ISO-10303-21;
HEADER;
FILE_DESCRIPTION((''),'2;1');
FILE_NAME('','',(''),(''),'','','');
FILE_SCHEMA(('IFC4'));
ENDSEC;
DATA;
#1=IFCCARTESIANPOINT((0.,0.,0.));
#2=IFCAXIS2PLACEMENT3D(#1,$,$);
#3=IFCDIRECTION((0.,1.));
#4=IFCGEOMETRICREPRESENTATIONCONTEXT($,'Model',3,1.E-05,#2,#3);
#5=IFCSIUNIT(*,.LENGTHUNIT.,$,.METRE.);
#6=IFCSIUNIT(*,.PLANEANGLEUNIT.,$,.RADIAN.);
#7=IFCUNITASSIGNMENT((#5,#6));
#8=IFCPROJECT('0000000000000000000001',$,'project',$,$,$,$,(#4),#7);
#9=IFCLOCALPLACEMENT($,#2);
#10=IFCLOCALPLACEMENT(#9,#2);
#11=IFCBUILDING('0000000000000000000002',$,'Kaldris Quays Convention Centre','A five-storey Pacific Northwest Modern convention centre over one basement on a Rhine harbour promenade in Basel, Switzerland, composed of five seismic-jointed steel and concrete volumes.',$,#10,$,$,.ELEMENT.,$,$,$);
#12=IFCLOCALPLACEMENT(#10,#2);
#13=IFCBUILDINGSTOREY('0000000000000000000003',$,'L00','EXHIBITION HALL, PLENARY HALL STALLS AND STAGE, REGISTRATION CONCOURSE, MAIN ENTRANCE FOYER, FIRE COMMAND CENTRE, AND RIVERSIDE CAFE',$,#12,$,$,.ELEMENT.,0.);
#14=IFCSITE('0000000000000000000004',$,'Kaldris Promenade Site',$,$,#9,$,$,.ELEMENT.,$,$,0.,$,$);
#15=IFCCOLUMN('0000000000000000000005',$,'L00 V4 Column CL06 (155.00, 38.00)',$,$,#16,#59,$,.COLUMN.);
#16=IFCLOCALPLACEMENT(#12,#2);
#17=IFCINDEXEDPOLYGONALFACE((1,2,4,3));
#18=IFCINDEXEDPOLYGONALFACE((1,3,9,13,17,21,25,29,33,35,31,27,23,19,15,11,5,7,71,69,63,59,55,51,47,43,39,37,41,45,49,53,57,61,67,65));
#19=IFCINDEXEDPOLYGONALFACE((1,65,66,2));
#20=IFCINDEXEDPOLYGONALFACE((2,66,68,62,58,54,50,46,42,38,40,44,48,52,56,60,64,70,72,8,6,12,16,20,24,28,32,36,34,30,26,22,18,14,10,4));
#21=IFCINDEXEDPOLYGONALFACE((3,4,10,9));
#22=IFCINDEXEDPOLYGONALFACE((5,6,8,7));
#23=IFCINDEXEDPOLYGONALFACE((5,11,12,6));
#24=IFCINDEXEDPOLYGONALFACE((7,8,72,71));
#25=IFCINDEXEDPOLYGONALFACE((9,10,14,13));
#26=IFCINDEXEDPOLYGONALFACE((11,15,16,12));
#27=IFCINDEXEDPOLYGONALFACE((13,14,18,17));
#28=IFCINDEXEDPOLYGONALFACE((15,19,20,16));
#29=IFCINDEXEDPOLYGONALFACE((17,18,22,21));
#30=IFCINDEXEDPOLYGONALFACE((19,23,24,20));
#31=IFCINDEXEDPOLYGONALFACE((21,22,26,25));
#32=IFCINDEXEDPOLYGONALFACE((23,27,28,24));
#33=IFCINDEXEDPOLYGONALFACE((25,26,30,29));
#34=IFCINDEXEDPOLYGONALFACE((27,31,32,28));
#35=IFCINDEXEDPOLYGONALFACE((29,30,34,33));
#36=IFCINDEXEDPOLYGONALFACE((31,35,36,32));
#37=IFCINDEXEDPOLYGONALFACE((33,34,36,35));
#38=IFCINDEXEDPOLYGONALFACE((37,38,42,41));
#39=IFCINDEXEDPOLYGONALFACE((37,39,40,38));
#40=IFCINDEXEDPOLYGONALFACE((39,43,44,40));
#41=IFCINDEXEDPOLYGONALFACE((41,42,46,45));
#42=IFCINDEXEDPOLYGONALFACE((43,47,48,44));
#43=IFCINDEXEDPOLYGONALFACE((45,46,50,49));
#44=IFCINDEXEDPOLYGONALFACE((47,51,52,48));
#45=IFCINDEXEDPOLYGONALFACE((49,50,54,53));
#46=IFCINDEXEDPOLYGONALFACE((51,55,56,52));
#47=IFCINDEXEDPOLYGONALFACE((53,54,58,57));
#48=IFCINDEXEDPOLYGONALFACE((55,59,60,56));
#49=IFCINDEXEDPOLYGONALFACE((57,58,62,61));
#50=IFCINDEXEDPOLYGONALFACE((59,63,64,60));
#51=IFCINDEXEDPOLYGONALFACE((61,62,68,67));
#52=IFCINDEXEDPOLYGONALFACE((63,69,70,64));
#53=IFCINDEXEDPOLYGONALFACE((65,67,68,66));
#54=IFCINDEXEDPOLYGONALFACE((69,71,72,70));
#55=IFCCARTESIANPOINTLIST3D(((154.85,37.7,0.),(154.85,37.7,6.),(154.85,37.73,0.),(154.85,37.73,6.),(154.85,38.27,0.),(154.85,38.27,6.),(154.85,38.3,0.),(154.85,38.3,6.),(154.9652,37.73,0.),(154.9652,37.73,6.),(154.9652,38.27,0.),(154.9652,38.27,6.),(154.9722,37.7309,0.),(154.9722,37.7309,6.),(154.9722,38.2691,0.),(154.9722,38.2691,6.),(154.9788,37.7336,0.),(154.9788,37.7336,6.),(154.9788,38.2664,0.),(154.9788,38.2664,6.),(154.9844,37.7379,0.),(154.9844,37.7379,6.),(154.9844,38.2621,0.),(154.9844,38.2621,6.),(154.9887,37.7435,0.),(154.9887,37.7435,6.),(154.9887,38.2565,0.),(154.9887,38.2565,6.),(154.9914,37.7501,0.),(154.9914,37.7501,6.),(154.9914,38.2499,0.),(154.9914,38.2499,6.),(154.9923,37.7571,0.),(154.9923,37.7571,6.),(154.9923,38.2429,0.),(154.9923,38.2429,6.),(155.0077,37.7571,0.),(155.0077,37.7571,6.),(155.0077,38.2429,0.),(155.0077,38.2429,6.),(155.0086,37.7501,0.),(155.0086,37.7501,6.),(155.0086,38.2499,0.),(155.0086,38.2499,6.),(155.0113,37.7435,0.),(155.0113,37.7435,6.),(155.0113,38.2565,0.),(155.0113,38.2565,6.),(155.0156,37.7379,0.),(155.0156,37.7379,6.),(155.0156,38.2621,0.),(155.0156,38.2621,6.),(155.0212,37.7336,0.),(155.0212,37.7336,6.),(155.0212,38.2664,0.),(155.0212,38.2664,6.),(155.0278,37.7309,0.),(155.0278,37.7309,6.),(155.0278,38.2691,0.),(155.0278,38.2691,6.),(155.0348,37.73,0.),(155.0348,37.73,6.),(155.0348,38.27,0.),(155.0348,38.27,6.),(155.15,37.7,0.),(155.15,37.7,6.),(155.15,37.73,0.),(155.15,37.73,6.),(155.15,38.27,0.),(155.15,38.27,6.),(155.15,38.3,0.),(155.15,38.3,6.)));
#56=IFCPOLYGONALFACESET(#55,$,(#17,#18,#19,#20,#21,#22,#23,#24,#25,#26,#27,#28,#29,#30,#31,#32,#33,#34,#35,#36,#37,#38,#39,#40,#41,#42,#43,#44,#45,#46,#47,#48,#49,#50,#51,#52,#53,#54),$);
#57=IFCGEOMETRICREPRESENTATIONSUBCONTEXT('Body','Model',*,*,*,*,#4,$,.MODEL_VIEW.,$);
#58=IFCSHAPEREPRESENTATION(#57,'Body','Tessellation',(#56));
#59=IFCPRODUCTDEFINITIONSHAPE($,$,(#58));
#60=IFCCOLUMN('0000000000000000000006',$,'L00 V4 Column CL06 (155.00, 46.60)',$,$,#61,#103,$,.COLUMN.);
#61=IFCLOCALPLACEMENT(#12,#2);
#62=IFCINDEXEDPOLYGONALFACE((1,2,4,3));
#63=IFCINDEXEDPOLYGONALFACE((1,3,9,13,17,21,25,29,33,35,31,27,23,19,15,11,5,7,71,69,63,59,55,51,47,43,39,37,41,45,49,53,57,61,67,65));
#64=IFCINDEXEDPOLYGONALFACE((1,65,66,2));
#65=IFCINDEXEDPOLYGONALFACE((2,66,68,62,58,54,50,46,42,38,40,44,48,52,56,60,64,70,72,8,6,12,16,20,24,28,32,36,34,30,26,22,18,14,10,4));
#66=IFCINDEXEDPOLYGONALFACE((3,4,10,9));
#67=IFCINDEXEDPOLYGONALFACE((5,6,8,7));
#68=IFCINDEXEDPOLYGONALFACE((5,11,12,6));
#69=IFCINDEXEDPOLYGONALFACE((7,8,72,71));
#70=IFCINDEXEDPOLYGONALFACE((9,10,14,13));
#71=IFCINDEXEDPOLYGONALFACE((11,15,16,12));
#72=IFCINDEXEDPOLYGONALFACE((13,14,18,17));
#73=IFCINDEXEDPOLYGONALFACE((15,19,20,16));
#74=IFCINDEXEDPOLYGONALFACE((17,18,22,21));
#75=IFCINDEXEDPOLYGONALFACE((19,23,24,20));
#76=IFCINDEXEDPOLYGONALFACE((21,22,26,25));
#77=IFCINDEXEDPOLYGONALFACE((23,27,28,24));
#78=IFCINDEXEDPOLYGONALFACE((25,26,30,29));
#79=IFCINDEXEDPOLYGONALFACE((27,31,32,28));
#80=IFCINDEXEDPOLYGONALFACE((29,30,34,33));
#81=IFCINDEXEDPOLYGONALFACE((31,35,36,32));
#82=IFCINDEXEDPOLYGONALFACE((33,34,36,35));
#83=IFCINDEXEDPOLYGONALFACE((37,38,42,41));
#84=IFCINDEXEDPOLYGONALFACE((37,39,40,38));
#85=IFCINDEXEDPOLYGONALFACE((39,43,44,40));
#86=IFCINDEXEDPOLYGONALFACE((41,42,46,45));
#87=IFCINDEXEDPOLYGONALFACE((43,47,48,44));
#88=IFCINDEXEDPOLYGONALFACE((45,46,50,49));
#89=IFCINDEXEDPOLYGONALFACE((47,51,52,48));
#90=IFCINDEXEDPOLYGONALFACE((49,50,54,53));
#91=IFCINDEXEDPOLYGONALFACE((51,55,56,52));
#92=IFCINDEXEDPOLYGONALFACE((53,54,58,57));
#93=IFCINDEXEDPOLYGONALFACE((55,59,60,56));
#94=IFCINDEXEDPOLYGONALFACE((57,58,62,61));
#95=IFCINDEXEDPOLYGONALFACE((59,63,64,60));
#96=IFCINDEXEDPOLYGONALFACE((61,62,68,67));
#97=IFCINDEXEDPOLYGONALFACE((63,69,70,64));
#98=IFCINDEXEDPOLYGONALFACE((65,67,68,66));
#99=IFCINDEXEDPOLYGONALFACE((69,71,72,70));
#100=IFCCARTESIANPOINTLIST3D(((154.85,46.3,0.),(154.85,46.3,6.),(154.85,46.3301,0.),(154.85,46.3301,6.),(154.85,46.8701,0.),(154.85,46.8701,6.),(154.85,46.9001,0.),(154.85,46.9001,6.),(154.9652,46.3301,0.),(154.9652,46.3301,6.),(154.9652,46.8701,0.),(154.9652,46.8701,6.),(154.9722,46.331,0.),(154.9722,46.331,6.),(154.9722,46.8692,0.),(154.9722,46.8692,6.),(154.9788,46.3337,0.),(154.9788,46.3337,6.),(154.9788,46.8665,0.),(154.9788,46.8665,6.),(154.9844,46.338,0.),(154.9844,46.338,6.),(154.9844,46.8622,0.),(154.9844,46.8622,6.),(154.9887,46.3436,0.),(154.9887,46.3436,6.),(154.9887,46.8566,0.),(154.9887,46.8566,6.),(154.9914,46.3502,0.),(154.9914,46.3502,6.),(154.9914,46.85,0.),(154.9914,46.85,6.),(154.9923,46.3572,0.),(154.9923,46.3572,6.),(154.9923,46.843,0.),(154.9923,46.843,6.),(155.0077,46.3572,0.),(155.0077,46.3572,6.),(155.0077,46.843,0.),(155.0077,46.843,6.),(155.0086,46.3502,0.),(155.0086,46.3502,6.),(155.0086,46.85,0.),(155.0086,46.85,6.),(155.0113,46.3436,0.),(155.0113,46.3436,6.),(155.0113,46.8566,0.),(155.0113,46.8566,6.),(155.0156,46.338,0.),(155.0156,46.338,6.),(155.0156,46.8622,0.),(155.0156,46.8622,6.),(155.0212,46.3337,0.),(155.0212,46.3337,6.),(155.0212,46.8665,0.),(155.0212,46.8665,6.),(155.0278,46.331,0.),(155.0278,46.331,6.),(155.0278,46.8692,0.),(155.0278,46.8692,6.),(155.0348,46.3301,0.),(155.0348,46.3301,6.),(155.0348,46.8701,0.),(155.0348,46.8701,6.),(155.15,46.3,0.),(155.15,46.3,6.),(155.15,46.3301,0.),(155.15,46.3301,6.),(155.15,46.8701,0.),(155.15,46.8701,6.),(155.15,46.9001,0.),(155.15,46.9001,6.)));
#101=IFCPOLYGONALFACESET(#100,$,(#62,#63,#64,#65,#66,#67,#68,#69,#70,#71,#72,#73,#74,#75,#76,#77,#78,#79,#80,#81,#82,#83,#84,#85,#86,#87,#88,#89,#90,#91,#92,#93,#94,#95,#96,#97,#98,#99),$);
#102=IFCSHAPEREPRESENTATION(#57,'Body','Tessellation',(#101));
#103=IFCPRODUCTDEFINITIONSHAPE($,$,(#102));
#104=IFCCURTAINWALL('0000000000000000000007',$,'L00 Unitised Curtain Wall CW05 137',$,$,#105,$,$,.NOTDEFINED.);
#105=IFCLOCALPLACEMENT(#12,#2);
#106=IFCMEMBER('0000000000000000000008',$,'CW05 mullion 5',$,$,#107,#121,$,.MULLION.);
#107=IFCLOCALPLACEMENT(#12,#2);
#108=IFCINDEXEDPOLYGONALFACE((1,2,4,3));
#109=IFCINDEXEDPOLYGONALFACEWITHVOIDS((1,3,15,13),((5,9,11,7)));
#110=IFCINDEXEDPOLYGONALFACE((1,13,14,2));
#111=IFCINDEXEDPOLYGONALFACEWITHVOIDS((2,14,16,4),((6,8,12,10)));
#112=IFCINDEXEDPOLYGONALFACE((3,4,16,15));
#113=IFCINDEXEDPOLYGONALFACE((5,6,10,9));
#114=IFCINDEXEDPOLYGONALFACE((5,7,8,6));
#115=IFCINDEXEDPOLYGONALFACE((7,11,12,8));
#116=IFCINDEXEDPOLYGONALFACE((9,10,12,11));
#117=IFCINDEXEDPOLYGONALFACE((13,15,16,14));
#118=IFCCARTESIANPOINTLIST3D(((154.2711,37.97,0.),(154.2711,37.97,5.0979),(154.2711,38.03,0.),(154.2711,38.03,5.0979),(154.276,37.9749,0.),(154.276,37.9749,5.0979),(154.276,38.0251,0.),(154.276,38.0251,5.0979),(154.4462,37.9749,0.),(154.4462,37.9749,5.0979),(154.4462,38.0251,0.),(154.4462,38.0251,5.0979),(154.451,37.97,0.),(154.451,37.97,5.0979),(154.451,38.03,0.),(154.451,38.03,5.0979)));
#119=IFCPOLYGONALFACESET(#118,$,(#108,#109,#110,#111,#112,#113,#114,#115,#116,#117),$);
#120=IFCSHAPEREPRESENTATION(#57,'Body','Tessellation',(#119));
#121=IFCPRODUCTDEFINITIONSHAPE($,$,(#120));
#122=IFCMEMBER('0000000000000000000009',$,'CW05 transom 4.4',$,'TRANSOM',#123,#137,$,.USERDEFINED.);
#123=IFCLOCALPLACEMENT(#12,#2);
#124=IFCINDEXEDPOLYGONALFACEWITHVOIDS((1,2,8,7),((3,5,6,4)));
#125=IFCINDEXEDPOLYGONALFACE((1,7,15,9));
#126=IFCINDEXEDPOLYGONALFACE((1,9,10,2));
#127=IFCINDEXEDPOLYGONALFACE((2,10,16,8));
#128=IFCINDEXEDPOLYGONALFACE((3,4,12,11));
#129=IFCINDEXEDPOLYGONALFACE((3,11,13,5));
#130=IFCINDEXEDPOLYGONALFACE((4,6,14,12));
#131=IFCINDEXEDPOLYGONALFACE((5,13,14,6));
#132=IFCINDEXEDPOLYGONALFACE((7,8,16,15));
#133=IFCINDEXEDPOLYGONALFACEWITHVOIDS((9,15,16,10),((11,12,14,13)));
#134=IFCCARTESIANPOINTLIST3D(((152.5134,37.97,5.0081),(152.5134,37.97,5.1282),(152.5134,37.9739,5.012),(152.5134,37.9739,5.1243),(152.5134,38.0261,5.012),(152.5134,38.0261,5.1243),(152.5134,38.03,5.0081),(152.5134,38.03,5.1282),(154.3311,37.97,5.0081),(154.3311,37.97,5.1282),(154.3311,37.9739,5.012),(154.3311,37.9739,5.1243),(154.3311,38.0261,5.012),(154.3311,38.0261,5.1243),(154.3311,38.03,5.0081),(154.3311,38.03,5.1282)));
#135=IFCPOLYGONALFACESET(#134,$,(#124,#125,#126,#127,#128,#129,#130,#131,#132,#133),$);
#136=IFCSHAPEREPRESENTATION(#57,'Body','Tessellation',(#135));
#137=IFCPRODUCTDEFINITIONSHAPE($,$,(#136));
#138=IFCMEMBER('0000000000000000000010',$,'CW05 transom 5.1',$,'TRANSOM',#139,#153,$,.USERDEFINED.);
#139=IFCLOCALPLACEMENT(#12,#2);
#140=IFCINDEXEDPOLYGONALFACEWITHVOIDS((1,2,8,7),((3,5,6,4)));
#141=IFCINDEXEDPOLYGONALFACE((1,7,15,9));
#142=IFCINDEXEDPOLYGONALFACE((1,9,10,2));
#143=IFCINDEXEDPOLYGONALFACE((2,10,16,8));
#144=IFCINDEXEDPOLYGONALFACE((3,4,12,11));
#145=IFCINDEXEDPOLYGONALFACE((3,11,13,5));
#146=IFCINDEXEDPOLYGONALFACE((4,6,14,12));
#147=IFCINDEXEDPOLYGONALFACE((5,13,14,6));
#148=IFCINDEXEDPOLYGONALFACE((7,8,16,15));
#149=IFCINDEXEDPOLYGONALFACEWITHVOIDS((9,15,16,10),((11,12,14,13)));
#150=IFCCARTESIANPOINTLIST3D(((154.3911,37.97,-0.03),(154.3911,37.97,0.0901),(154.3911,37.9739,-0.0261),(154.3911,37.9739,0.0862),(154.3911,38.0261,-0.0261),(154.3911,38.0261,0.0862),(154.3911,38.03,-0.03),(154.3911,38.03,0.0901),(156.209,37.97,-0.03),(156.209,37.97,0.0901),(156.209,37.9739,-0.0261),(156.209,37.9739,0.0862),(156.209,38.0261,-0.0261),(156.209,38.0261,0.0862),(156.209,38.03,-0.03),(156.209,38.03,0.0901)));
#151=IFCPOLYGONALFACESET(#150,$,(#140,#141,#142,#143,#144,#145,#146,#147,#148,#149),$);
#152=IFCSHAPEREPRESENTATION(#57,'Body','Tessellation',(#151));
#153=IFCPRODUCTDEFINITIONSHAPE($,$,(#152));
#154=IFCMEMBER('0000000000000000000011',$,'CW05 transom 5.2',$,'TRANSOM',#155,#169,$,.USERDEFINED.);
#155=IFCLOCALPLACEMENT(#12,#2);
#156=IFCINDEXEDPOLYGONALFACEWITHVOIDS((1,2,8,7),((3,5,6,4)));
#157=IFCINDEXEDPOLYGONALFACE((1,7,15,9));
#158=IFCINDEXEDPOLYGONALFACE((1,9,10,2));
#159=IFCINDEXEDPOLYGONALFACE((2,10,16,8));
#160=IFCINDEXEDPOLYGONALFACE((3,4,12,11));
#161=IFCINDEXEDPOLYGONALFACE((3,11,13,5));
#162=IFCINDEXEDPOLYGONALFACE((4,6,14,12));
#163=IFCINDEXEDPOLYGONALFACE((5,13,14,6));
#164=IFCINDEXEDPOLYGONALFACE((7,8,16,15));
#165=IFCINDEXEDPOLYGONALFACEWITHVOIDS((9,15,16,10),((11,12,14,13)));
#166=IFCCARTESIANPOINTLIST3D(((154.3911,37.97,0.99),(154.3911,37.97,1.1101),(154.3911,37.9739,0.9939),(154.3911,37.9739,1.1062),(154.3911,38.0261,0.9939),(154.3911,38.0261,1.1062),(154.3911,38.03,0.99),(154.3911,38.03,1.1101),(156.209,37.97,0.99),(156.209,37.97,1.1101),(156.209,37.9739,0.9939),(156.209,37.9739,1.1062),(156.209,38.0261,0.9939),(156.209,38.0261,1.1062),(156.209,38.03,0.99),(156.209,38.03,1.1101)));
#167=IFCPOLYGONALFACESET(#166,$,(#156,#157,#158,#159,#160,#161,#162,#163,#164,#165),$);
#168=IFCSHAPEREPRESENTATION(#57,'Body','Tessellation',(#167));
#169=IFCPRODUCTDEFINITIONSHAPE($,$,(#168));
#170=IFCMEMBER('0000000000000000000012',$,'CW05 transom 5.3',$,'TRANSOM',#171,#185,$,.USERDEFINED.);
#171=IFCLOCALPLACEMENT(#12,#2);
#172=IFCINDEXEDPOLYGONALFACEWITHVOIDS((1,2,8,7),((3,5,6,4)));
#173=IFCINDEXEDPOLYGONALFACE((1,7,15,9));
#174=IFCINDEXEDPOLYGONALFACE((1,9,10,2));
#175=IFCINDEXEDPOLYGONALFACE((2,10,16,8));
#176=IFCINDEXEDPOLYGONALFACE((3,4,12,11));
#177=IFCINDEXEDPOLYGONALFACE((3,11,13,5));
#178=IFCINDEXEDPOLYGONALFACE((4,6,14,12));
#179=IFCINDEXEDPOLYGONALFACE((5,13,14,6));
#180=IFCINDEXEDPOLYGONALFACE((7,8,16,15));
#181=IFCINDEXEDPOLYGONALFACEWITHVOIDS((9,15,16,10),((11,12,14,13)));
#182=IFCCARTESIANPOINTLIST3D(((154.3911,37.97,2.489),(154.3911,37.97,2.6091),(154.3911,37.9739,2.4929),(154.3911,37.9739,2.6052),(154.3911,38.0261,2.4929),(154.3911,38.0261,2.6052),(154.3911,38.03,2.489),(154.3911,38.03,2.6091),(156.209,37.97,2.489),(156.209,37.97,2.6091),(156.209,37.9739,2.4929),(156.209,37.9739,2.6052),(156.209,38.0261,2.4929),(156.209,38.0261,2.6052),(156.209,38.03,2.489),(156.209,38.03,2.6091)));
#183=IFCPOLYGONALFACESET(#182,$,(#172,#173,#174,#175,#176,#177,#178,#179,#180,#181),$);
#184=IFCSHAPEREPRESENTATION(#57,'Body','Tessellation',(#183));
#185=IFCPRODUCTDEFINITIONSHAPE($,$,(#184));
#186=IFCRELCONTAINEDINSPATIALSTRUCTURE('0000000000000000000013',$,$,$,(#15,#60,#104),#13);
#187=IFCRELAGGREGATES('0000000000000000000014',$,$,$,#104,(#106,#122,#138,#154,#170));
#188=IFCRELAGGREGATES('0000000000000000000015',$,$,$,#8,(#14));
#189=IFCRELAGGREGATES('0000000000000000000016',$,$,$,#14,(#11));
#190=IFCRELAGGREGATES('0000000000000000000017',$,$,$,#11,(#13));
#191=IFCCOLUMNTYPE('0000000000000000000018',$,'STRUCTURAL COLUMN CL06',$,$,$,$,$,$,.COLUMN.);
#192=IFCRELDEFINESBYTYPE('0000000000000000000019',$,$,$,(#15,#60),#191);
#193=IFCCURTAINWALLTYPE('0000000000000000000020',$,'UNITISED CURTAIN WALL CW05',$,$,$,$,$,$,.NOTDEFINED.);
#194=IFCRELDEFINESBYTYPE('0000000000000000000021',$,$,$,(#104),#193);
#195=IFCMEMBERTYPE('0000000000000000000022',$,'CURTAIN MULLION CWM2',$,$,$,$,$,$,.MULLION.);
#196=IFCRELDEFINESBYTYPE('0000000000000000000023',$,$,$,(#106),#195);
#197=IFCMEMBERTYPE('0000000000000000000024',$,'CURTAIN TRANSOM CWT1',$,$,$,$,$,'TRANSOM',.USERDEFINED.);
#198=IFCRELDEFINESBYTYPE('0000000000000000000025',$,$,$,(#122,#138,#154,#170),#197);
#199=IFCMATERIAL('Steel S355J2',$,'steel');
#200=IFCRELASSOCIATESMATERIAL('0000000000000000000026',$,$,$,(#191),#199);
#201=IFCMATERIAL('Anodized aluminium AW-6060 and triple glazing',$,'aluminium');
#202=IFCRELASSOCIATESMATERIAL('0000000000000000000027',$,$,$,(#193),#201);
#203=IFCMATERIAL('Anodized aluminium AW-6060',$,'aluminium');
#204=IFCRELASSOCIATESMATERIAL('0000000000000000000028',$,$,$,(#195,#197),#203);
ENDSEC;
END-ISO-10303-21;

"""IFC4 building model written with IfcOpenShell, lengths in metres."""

from ifc_helpers import new_model, si_unit, direction, frame, origin, origin_2d, place, context, subcontext, project, spatial, hollow_rectangle, i_section, extrude, material, material_profile, profile_set, type_object, element, aggregate, save


model = new_model("IFC4")

# Units and contexts
model_context = context("Model", 3, precision=1e-05, world=origin(), true_north=direction((0.0, 1.0)))
body_context = subcontext(model_context, "Body", "Model", "MODEL_VIEW")
ifc_project = project(units=[si_unit("LENGTHUNIT", "METRE"), si_unit("PLANEANGLEUNIT", "RADIAN")], contexts=[model_context])

# Site, building, storey
site_placement = place(None, origin())
site = spatial("IfcSite", under=ifc_project, at=site_placement, Name="Kaldris Promenade Site", CompositionType="ELEMENT", RefElevation=0.0)
building_placement = place(site_placement, origin())
building = spatial("IfcBuilding", under=site, at=building_placement, Name="Kaldris Quays Convention Centre", Description="A five-storey Pacific Northwest Modern convention centre over one basement on a Rhine harbour promenade in Basel, Switzerland, composed of five seismic-jointed steel and concrete volumes.", CompositionType="ELEMENT")
storey_placement = place(building_placement, origin())
storey = spatial("IfcBuildingStorey", under=building, at=storey_placement, Name="L00", Description="EXHIBITION HALL, PLENARY HALL STALLS AND STAGE, REGISTRATION CONCOURSE, MAIN ENTRANCE FOYER, FIRE COMMAND CENTRE, AND RIVERSIDE CAFE", CompositionType="ELEMENT", Elevation=0.0)

# Columns
ifc_material_1 = material(Name="Steel S355J2", Category="steel")
ifc_material_profile_1 = material_profile(ifc_material_1, i_section(OverallWidth=0.3, OverallDepth=0.6001, WebThickness=0.0154, FlangeThickness=0.03, FilletRadius=0.0271, at=origin_2d()), Name="HEB 600")
ifc_profile_set_1 = profile_set([ifc_material_profile_1], Name="Steel S355J2")
column_type = type_object("IfcColumnType", Name="STRUCTURAL COLUMN CL06", PredefinedType="COLUMN", material=ifc_profile_set_1)
for number, where, z_axis, x_axis, name in (
    (1, (155.0, 38.0, 0.0), (0.0, 0.0, 1.0), (1.0, 0.0, 0.0), "L00 V4 Column CL06 (155.00, 38.00)"),
    (2, (155.0, 46.6001, 0.0), (0.0, 0.0, 1.0), (1.0, 0.0, 0.0), "L00 V4 Column CL06 (155.00, 46.60)"),
):
    element("IfcColumn", number, at=place(storey_placement, frame(where, z_axis=z_axis, x_axis=x_axis)), inside=storey, type_object=column_type, Name=name, PredefinedType="COLUMN", context=body_context, shape_type="SweptSolid", body=[
        extrude(i_section(OverallWidth=0.3, OverallDepth=0.6001, WebThickness=0.0154, FlangeThickness=0.03, FilletRadius=0.0271, at=origin_2d()), origin(), (0.0, 0.0, 1.0), 6.0),
    ])

# Curtain wall, members
ifc_material_2 = material(Name="Anodized aluminium AW-6060 and triple glazing", Category="aluminium")
curtain_wall_type = type_object("IfcCurtainWallType", Name="UNITISED CURTAIN WALL CW05", PredefinedType="NOTDEFINED", material=ifc_material_2)
curtain_wall_placement = place(storey_placement, origin())
curtain_wall = element("IfcCurtainWall", 3, at=curtain_wall_placement, inside=storey, type_object=curtain_wall_type, Name="L00 Unitised Curtain Wall CW05 137", PredefinedType="NOTDEFINED")
ifc_material_3 = material(Name="Anodized aluminium AW-6060", Category="aluminium")
ifc_material_profile_2 = material_profile(ifc_material_3, hollow_rectangle(XDim=0.0601, YDim=0.1799, WallThickness=0.0049, at=origin_2d()), Name="RHS 180x60x5")
ifc_profile_set_2 = profile_set([ifc_material_profile_2], Name="Anodized aluminium AW-6060")
member_type_1 = type_object("IfcMemberType", Name="CURTAIN MULLION CWM2", PredefinedType="MULLION", material=ifc_profile_set_2)
member_1_placement = place(storey_placement, frame((154.3611, 38.0, 0.0), z_axis=(0.0, 0.0, 1.0), x_axis=(0.0, 1.0, 0.0)))
member_1 = element("IfcMember", 4, at=member_1_placement, type_object=member_type_1, Name="CW05 mullion 5", PredefinedType="MULLION", context=body_context, shape_type="SweptSolid", body=[
    extrude(hollow_rectangle(XDim=0.0601, YDim=0.1799, WallThickness=0.0049, at=origin_2d()), origin(), (0.0, 0.0, 1.0), 5.0979),
])
ifc_material_profile_3 = material_profile(ifc_material_3, hollow_rectangle(XDim=0.0601, YDim=0.1201, WallThickness=0.0039, at=origin_2d()), Name="RHS 120x60x4")
ifc_profile_set_3 = profile_set([ifc_material_profile_3], Name="Anodized aluminium AW-6060")
member_type_2 = type_object("IfcMemberType", Name="CURTAIN TRANSOM CWT1", ElementType="TRANSOM", PredefinedType="USERDEFINED", material=ifc_profile_set_3)
member_2_placement = place(storey_placement, frame((152.5134, 38.0, 5.0681), z_axis=(1.0, 0.0, 0.0), x_axis=(0.0, 1.0, 0.0)))
member_2 = element("IfcMember", 5, at=member_2_placement, type_object=member_type_2, Name="CW05 transom 4.4", ObjectType="TRANSOM", PredefinedType="USERDEFINED", context=body_context, shape_type="SweptSolid", body=[
    extrude(hollow_rectangle(XDim=0.0601, YDim=0.1201, WallThickness=0.0039, at=origin_2d()), origin(), (0.0, 0.0, 1.0), 1.8176),
])
member_3_placement = place(storey_placement, frame((154.3911, 38.0, 0.03), z_axis=(1.0, 0.0, 0.0), x_axis=(0.0, 1.0, 0.0)))
member_3 = element("IfcMember", 6, at=member_3_placement, type_object=member_type_2, Name="CW05 transom 5.1", ObjectType="TRANSOM", PredefinedType="USERDEFINED", context=body_context, shape_type="SweptSolid", body=[
    extrude(hollow_rectangle(XDim=0.0601, YDim=0.1201, WallThickness=0.0039, at=origin_2d()), origin(), (0.0, 0.0, 1.0), 1.8179),
])
member_4_placement = place(storey_placement, frame((154.3911, 38.0, 1.05), z_axis=(1.0, 0.0, 0.0), x_axis=(0.0, 1.0, 0.0)))
member_4 = element("IfcMember", 7, at=member_4_placement, type_object=member_type_2, Name="CW05 transom 5.2", ObjectType="TRANSOM", PredefinedType="USERDEFINED", context=body_context, shape_type="SweptSolid", body=[
    extrude(hollow_rectangle(XDim=0.0601, YDim=0.1201, WallThickness=0.0039, at=origin_2d()), origin(), (0.0, 0.0, 1.0), 1.8179),
])
member_5_placement = place(storey_placement, frame((154.3911, 38.0, 2.5491), z_axis=(1.0, 0.0, 0.0), x_axis=(0.0, 1.0, 0.0)))
member_5 = element("IfcMember", 8, at=member_5_placement, type_object=member_type_2, Name="CW05 transom 5.3", ObjectType="TRANSOM", PredefinedType="USERDEFINED", context=body_context, shape_type="SweptSolid", body=[
    extrude(hollow_rectangle(XDim=0.0601, YDim=0.1201, WallThickness=0.0039, at=origin_2d()), origin(), (0.0, 0.0, 1.0), 1.8179),
])

aggregate(curtain_wall, [member_1, member_2, member_3, member_4, member_5])

save(model, "model.ifc")
